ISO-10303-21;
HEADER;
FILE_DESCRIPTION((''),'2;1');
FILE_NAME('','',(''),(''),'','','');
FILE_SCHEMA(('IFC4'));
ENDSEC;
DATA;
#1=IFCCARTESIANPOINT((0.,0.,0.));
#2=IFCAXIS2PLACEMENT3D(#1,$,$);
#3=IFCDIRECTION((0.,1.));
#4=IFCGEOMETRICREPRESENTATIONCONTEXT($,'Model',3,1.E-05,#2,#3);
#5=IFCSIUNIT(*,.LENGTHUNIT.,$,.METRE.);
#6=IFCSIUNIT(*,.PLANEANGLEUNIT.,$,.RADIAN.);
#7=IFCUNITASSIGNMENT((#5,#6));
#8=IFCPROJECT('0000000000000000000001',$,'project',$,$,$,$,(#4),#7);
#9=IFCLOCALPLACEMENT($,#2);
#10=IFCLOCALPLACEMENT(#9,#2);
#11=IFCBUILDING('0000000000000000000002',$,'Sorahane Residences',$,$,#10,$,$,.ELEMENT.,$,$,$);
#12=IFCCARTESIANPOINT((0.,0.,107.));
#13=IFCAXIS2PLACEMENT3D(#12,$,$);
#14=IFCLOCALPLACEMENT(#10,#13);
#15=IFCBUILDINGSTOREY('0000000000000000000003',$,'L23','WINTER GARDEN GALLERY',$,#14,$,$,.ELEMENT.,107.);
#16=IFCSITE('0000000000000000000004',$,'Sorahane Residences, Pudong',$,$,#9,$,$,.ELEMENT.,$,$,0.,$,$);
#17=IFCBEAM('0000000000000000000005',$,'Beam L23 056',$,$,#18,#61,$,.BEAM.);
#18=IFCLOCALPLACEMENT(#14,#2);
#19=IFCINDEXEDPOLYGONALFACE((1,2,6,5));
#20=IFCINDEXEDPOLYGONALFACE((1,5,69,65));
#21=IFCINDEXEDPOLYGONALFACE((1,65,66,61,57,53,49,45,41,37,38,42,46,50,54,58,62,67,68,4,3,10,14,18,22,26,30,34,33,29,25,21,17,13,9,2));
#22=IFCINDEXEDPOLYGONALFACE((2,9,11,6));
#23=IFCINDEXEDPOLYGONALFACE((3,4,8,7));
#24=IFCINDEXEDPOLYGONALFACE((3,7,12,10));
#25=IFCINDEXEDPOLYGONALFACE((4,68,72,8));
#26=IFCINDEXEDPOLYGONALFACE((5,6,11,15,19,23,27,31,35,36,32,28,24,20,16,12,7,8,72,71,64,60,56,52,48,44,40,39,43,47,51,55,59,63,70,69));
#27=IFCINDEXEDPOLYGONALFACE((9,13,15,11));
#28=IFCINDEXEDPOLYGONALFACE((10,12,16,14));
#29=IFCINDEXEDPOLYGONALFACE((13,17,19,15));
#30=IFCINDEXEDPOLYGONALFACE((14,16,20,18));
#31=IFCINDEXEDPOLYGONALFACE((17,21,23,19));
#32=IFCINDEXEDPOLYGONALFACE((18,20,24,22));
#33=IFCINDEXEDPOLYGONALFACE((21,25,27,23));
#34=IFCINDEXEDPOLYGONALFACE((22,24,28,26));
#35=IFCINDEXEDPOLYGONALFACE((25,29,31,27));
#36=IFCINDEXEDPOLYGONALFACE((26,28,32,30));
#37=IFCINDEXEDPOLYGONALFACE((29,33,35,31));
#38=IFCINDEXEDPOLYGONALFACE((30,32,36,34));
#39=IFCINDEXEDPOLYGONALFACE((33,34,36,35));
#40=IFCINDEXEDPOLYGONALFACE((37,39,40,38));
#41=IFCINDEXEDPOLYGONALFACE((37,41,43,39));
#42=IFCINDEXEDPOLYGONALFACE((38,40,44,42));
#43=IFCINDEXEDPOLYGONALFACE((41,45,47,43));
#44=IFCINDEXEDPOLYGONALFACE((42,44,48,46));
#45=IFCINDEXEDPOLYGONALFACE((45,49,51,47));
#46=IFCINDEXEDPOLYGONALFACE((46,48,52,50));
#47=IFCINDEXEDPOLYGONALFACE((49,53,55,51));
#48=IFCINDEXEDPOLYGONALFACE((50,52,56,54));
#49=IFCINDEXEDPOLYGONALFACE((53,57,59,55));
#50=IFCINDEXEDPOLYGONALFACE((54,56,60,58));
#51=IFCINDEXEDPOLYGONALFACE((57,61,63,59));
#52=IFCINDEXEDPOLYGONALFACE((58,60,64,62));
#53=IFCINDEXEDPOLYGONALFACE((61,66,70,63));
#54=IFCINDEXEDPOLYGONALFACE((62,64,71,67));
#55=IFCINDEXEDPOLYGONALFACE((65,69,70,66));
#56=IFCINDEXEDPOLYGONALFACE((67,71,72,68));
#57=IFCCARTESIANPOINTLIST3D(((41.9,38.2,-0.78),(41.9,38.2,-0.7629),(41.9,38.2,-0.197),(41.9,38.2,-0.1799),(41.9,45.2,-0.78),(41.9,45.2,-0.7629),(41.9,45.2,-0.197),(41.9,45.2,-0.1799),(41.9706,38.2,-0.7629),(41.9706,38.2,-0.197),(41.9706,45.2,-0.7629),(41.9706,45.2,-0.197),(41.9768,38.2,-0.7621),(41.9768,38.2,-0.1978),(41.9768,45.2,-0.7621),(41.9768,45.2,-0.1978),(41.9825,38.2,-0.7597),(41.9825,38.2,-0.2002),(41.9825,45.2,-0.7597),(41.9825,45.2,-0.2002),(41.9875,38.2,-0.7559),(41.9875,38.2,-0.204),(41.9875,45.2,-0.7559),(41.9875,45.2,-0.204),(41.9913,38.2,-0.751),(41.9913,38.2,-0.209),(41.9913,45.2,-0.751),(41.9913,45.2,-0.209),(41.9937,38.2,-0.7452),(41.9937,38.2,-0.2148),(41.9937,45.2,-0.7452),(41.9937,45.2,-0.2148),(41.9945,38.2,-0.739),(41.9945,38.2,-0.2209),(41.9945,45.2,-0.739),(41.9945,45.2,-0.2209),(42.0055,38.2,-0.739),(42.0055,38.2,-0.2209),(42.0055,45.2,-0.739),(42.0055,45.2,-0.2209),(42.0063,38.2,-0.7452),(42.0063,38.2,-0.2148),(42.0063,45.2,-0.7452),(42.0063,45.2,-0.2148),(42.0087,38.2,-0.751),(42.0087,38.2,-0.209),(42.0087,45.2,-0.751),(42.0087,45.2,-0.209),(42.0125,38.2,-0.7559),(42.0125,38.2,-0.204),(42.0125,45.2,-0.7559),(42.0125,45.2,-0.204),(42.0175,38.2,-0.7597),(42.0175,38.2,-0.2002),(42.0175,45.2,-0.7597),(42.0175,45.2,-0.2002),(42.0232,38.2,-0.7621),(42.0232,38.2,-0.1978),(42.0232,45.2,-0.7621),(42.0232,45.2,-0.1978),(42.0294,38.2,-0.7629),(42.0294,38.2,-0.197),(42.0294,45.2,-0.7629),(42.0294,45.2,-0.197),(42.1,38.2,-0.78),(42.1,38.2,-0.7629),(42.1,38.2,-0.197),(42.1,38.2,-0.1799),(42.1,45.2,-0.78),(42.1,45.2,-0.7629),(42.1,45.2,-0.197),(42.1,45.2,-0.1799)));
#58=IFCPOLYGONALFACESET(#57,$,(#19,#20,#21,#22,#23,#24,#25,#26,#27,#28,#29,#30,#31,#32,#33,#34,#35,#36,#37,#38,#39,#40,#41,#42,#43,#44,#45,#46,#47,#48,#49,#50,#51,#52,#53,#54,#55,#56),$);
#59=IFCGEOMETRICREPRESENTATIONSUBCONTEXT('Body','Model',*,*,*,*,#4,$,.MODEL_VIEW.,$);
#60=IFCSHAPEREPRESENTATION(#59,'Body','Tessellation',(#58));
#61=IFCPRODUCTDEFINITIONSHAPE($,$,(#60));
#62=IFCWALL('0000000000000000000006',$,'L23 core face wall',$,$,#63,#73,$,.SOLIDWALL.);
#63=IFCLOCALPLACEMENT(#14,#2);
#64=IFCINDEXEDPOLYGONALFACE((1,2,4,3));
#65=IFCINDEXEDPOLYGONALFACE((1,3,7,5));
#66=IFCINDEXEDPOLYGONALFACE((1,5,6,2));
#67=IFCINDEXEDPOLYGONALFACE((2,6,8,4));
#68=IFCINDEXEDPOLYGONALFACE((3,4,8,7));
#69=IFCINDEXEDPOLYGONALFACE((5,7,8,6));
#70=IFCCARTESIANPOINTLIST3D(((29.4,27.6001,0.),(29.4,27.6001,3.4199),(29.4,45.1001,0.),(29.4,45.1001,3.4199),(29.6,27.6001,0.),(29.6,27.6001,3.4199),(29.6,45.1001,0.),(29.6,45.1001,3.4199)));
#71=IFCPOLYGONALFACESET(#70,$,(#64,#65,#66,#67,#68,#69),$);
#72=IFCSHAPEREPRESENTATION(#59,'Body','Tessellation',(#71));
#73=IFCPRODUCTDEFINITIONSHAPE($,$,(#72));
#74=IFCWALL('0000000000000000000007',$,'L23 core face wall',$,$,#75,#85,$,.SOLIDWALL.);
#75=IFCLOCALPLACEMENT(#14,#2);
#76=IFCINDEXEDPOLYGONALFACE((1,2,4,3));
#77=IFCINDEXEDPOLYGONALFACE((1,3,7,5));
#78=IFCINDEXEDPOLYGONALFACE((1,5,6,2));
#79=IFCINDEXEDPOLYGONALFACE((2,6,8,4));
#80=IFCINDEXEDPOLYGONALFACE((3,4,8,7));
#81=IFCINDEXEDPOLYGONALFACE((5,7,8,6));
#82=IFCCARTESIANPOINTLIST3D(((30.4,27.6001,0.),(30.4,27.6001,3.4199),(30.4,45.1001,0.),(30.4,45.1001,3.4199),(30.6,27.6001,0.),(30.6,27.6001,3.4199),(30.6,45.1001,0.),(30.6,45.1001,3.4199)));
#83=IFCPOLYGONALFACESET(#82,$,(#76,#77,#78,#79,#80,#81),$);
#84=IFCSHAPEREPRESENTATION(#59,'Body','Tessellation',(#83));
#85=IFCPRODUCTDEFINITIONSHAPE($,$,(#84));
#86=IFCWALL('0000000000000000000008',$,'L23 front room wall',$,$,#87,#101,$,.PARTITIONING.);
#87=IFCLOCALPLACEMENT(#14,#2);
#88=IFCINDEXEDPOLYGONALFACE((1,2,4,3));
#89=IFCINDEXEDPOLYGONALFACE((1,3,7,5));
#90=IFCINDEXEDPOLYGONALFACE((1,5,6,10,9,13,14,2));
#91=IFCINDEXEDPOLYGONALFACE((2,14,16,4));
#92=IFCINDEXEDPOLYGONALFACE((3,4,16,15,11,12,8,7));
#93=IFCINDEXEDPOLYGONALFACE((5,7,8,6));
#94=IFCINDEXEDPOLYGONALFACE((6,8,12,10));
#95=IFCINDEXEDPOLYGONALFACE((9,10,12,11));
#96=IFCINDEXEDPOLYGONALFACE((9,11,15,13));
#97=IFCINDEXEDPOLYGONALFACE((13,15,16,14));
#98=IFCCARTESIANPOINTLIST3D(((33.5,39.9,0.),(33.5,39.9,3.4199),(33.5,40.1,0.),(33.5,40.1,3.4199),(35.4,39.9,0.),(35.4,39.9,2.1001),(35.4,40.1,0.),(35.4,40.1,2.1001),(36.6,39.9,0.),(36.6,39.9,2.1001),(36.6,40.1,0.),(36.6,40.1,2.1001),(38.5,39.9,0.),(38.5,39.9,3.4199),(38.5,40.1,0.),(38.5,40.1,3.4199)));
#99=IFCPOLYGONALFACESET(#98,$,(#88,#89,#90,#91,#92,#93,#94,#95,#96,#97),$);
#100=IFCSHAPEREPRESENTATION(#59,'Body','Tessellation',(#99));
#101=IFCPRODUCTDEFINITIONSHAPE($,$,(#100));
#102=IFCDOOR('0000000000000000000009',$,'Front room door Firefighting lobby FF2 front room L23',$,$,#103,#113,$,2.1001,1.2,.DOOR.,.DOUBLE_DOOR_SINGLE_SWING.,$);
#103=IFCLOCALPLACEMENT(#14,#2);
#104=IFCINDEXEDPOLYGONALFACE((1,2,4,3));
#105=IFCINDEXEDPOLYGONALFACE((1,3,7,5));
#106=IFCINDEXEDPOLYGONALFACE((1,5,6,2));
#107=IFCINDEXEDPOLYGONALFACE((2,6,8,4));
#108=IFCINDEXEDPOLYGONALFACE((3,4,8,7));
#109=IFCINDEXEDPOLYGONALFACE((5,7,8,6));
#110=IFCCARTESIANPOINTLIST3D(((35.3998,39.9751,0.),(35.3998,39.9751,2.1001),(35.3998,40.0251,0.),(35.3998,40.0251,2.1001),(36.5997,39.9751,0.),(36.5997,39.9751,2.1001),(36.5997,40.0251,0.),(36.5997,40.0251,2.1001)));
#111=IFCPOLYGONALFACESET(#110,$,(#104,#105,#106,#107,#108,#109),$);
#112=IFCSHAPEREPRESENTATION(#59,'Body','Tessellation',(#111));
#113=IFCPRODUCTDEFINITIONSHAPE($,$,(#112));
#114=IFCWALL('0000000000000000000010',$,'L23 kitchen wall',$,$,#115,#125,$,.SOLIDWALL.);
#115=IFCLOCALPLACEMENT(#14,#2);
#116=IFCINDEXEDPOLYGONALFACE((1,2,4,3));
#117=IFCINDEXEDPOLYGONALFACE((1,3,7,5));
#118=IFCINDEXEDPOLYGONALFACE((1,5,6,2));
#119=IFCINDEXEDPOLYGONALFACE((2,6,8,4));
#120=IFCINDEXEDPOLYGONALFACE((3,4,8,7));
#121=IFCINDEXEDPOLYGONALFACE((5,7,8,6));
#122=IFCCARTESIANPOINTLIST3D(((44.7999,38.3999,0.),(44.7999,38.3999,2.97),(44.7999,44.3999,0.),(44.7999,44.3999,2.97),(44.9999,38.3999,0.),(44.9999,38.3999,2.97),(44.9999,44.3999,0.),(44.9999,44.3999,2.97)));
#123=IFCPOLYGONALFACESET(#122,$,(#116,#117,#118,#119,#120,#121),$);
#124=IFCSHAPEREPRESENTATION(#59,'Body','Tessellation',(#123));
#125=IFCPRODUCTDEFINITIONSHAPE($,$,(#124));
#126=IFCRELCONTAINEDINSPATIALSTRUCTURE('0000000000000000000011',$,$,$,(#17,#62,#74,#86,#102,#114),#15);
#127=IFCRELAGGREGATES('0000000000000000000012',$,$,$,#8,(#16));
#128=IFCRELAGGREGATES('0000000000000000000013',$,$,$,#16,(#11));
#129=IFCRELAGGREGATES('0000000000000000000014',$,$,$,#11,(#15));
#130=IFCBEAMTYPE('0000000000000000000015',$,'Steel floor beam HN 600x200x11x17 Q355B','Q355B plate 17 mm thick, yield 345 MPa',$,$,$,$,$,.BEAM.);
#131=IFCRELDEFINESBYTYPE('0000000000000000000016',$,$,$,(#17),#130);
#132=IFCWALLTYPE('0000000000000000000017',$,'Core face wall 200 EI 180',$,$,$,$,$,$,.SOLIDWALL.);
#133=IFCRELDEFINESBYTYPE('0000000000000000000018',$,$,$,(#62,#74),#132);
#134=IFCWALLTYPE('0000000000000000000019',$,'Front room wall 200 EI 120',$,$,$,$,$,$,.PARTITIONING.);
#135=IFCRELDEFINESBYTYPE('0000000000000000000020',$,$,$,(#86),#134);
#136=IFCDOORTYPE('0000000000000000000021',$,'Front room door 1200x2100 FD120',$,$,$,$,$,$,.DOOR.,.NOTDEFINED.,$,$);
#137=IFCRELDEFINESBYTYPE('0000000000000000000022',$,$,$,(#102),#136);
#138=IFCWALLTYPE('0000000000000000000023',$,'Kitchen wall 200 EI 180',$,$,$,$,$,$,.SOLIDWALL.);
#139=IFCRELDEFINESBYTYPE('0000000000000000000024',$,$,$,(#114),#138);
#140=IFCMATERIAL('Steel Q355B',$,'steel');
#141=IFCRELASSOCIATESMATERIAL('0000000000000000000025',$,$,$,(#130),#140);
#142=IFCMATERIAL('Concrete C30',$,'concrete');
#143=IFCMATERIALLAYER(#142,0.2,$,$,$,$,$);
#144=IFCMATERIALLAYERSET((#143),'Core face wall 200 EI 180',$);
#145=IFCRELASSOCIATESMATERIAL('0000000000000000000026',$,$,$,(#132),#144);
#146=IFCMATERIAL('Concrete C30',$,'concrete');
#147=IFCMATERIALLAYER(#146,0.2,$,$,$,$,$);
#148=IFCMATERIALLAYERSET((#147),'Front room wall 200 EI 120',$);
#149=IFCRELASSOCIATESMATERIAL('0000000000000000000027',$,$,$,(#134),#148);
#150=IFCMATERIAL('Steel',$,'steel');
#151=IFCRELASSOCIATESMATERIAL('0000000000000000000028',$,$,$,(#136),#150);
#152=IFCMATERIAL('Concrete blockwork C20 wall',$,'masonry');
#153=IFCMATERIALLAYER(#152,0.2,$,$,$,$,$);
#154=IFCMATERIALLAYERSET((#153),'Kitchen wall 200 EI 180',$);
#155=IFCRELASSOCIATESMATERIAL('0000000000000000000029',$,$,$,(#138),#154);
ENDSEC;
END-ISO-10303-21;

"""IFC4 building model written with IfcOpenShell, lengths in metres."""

from ifc_helpers import new_model, si_unit, direction, frame, frame_2d, origin, origin_2d, place, context, subcontext, project, spatial, rectangle, i_section, extrude, material, layer, layer_set, material_profile, profile_set, type_object, element, fill, save


model = new_model("IFC4")

# Units and contexts
model_context = context("Model", 3, precision=1e-05, world=origin(), true_north=direction((0.0, 1.0)))
body_context = subcontext(model_context, "Body", "Model", "MODEL_VIEW")
ifc_project = project(units=[si_unit("LENGTHUNIT", "METRE"), si_unit("PLANEANGLEUNIT", "RADIAN")], contexts=[model_context])

# Site, building, storey
site_placement = place(None, origin())
site = spatial("IfcSite", under=ifc_project, at=site_placement, Name="Sorahane Residences, Pudong", CompositionType="ELEMENT", RefElevation=0.0)
building_placement = place(site_placement, origin())
building = spatial("IfcBuilding", under=site, at=building_placement, Name="Sorahane Residences", CompositionType="ELEMENT")
storey_placement = place(building_placement, frame((0.0, 0.0, 107.0)))
storey = spatial("IfcBuildingStorey", under=building, at=storey_placement, Name="L23", Description="WINTER GARDEN GALLERY", CompositionType="ELEMENT", Elevation=107.0)

# Beam
ifc_material_1 = material(Name="Steel Q355B", Category="steel")
ifc_material_profile_1 = material_profile(ifc_material_1, i_section(OverallWidth=0.2, OverallDepth=0.6001, WebThickness=0.011, FlangeThickness=0.0171, FilletRadius=0.0239, at=origin_2d()), Name="HN 600x200x11x17")
ifc_profile_set_1 = profile_set([ifc_material_profile_1], Name="Steel Q355B")
beam_type_1 = type_object("IfcBeamType", Name="Steel floor beam HN 600x200x11x17 Q355B", Description="Q355B plate 17 mm thick, yield 345 MPa", PredefinedType="BEAM", material=ifc_profile_set_1)
for number, where, z_axis, x_axis, name in (
    (1, (42.0, 38.2, -0.48), (0.0, 1.0, 0.0), (-1.0, 0.0, 0.0), "Beam L23 056"),
):
    element("IfcBeam", number, at=place(storey_placement, frame(where, z_axis=z_axis, x_axis=x_axis)), inside=storey, type_object=beam_type_1, Name=name, PredefinedType="BEAM", context=body_context, shape_type="SweptSolid", body=[
        extrude(i_section(OverallWidth=0.2, OverallDepth=0.6001, WebThickness=0.011, FlangeThickness=0.0171, FilletRadius=0.0239, at=origin_2d()), origin(), (0.0, 0.0, 1.0), 7.0),
    ])

# Walls
ifc_material_2 = material(Name="Concrete C30", Category="concrete")
ifc_layer_1 = layer(ifc_material_2, 0.2)
ifc_layer_set_1 = layer_set([ifc_layer_1], Name="Core face wall 200 EI 180")
wall_type_1 = type_object("IfcWallType", Name="Core face wall 200 EI 180", PredefinedType="SOLIDWALL", material=ifc_layer_set_1)
for number, where, z_axis, x_axis, name in (
    (2, (29.5, 27.6001, 0.0), (0.0, 0.0, 1.0), (0.0, 1.0, 0.0), "L23 core face wall"),
    (3, (30.5, 27.6001, 0.0), (0.0, 0.0, 1.0), (0.0, 1.0, 0.0), "L23 core face wall"),
):
    element("IfcWall", number, at=place(storey_placement, frame(where, z_axis=z_axis, x_axis=x_axis)), inside=storey, type_object=wall_type_1, Name=name, PredefinedType="SOLIDWALL", context=body_context, shape_type="SweptSolid", body=[
        extrude(rectangle(XDim=17.5, YDim=0.2, at=frame_2d((8.75, 0.0))), origin(), (0.0, 0.0, 1.0), 3.4199),
    ])

# Wall, opening, door
ifc_material_3 = material(Name="Concrete C30", Category="concrete")
ifc_layer_2 = layer(ifc_material_3, 0.2)
ifc_layer_set_2 = layer_set([ifc_layer_2], Name="Front room wall 200 EI 120")
wall_type_2 = type_object("IfcWallType", Name="Front room wall 200 EI 120", PredefinedType="PARTITIONING", material=ifc_layer_set_2)
wall_1_placement = place(storey_placement, frame((33.5, 40.0, 0.0), z_axis=(0.0, 0.0, 1.0), x_axis=(1.0, 0.0, 0.0)))
wall_1 = element("IfcWall", 4, at=wall_1_placement, inside=storey, type_object=wall_type_2, Name="L23 front room wall", PredefinedType="PARTITIONING", context=body_context, shape_type="SweptSolid", body=[
    extrude(rectangle(XDim=5.0, YDim=0.2, at=frame_2d((2.5, 0.0))), origin(), (0.0, 0.0, 1.0), 3.4199),
])
opening_1_placement = place(wall_1_placement, frame((1.8999, 0.0, 0.0)))
opening_1 = element("IfcOpeningElement", 5, at=opening_1_placement, cuts=wall_1, PredefinedType="OPENING", context=body_context, shape_type="SweptSolid", body=[
    extrude(rectangle(XDim=1.2, YDim=2.1001, at=frame_2d((0.6001, 1.05))), frame((0.0, 0.1099, 0.0), z_axis=(0.0, -1.0, 0.0), x_axis=(1.0, 0.0, 0.0)), (0.0, 0.0, 1.0), 0.22),
])
ifc_material_4 = material(Name="Steel", Category="steel")
door_type_1 = type_object("IfcDoorType", Name="Front room door 1200x2100 FD120", OperationType="NOTDEFINED", PredefinedType="DOOR", material=ifc_material_4)
door_1_placement = place(opening_1_placement, frame((1.2, 0.0, 0.0), z_axis=(0.0, 0.0, 1.0), x_axis=(-1.0, 0.0, 0.0)))
door_1 = element("IfcDoor", 6, at=door_1_placement, inside=storey, type_object=door_type_1, Name="Front room door Firefighting lobby FF2 front room L23", OperationType="DOUBLE_DOOR_SINGLE_SWING", OverallHeight=2.1001, OverallWidth=1.2, PredefinedType="DOOR", context=body_context, shape_type="SweptSolid", body=[
    extrude(rectangle(XDim=1.2, YDim=2.1001, at=frame_2d((0.6001, 1.05))), frame((0.0, 0.0249, 0.0), z_axis=(0.0, -1.0, 0.0), x_axis=(1.0, 0.0, 0.0)), (0.0, 0.0, 1.0), 0.05),
])
fill(opening_1, door_1)

# Wall
ifc_material_5 = material(Name="Concrete blockwork C20 wall", Category="masonry")
ifc_layer_3 = layer(ifc_material_5, 0.2)
ifc_layer_set_3 = layer_set([ifc_layer_3], Name="Kitchen wall 200 EI 180")
wall_type_3 = type_object("IfcWallType", Name="Kitchen wall 200 EI 180", PredefinedType="SOLIDWALL", material=ifc_layer_set_3)
wall_2_placement = place(storey_placement, frame((44.8999, 38.3999, 0.0), z_axis=(0.0, 0.0, 1.0), x_axis=(0.0, 1.0, 0.0)))
element("IfcWall", 7, at=wall_2_placement, inside=storey, type_object=wall_type_3, Name="L23 kitchen wall", PredefinedType="SOLIDWALL", context=body_context, shape_type="SweptSolid", body=[
    extrude(rectangle(XDim=6.0, YDim=0.2, at=frame_2d((3.0, 0.0))), origin(), (0.0, 0.0, 1.0), 2.97),
])

save(model, "model.ifc")
